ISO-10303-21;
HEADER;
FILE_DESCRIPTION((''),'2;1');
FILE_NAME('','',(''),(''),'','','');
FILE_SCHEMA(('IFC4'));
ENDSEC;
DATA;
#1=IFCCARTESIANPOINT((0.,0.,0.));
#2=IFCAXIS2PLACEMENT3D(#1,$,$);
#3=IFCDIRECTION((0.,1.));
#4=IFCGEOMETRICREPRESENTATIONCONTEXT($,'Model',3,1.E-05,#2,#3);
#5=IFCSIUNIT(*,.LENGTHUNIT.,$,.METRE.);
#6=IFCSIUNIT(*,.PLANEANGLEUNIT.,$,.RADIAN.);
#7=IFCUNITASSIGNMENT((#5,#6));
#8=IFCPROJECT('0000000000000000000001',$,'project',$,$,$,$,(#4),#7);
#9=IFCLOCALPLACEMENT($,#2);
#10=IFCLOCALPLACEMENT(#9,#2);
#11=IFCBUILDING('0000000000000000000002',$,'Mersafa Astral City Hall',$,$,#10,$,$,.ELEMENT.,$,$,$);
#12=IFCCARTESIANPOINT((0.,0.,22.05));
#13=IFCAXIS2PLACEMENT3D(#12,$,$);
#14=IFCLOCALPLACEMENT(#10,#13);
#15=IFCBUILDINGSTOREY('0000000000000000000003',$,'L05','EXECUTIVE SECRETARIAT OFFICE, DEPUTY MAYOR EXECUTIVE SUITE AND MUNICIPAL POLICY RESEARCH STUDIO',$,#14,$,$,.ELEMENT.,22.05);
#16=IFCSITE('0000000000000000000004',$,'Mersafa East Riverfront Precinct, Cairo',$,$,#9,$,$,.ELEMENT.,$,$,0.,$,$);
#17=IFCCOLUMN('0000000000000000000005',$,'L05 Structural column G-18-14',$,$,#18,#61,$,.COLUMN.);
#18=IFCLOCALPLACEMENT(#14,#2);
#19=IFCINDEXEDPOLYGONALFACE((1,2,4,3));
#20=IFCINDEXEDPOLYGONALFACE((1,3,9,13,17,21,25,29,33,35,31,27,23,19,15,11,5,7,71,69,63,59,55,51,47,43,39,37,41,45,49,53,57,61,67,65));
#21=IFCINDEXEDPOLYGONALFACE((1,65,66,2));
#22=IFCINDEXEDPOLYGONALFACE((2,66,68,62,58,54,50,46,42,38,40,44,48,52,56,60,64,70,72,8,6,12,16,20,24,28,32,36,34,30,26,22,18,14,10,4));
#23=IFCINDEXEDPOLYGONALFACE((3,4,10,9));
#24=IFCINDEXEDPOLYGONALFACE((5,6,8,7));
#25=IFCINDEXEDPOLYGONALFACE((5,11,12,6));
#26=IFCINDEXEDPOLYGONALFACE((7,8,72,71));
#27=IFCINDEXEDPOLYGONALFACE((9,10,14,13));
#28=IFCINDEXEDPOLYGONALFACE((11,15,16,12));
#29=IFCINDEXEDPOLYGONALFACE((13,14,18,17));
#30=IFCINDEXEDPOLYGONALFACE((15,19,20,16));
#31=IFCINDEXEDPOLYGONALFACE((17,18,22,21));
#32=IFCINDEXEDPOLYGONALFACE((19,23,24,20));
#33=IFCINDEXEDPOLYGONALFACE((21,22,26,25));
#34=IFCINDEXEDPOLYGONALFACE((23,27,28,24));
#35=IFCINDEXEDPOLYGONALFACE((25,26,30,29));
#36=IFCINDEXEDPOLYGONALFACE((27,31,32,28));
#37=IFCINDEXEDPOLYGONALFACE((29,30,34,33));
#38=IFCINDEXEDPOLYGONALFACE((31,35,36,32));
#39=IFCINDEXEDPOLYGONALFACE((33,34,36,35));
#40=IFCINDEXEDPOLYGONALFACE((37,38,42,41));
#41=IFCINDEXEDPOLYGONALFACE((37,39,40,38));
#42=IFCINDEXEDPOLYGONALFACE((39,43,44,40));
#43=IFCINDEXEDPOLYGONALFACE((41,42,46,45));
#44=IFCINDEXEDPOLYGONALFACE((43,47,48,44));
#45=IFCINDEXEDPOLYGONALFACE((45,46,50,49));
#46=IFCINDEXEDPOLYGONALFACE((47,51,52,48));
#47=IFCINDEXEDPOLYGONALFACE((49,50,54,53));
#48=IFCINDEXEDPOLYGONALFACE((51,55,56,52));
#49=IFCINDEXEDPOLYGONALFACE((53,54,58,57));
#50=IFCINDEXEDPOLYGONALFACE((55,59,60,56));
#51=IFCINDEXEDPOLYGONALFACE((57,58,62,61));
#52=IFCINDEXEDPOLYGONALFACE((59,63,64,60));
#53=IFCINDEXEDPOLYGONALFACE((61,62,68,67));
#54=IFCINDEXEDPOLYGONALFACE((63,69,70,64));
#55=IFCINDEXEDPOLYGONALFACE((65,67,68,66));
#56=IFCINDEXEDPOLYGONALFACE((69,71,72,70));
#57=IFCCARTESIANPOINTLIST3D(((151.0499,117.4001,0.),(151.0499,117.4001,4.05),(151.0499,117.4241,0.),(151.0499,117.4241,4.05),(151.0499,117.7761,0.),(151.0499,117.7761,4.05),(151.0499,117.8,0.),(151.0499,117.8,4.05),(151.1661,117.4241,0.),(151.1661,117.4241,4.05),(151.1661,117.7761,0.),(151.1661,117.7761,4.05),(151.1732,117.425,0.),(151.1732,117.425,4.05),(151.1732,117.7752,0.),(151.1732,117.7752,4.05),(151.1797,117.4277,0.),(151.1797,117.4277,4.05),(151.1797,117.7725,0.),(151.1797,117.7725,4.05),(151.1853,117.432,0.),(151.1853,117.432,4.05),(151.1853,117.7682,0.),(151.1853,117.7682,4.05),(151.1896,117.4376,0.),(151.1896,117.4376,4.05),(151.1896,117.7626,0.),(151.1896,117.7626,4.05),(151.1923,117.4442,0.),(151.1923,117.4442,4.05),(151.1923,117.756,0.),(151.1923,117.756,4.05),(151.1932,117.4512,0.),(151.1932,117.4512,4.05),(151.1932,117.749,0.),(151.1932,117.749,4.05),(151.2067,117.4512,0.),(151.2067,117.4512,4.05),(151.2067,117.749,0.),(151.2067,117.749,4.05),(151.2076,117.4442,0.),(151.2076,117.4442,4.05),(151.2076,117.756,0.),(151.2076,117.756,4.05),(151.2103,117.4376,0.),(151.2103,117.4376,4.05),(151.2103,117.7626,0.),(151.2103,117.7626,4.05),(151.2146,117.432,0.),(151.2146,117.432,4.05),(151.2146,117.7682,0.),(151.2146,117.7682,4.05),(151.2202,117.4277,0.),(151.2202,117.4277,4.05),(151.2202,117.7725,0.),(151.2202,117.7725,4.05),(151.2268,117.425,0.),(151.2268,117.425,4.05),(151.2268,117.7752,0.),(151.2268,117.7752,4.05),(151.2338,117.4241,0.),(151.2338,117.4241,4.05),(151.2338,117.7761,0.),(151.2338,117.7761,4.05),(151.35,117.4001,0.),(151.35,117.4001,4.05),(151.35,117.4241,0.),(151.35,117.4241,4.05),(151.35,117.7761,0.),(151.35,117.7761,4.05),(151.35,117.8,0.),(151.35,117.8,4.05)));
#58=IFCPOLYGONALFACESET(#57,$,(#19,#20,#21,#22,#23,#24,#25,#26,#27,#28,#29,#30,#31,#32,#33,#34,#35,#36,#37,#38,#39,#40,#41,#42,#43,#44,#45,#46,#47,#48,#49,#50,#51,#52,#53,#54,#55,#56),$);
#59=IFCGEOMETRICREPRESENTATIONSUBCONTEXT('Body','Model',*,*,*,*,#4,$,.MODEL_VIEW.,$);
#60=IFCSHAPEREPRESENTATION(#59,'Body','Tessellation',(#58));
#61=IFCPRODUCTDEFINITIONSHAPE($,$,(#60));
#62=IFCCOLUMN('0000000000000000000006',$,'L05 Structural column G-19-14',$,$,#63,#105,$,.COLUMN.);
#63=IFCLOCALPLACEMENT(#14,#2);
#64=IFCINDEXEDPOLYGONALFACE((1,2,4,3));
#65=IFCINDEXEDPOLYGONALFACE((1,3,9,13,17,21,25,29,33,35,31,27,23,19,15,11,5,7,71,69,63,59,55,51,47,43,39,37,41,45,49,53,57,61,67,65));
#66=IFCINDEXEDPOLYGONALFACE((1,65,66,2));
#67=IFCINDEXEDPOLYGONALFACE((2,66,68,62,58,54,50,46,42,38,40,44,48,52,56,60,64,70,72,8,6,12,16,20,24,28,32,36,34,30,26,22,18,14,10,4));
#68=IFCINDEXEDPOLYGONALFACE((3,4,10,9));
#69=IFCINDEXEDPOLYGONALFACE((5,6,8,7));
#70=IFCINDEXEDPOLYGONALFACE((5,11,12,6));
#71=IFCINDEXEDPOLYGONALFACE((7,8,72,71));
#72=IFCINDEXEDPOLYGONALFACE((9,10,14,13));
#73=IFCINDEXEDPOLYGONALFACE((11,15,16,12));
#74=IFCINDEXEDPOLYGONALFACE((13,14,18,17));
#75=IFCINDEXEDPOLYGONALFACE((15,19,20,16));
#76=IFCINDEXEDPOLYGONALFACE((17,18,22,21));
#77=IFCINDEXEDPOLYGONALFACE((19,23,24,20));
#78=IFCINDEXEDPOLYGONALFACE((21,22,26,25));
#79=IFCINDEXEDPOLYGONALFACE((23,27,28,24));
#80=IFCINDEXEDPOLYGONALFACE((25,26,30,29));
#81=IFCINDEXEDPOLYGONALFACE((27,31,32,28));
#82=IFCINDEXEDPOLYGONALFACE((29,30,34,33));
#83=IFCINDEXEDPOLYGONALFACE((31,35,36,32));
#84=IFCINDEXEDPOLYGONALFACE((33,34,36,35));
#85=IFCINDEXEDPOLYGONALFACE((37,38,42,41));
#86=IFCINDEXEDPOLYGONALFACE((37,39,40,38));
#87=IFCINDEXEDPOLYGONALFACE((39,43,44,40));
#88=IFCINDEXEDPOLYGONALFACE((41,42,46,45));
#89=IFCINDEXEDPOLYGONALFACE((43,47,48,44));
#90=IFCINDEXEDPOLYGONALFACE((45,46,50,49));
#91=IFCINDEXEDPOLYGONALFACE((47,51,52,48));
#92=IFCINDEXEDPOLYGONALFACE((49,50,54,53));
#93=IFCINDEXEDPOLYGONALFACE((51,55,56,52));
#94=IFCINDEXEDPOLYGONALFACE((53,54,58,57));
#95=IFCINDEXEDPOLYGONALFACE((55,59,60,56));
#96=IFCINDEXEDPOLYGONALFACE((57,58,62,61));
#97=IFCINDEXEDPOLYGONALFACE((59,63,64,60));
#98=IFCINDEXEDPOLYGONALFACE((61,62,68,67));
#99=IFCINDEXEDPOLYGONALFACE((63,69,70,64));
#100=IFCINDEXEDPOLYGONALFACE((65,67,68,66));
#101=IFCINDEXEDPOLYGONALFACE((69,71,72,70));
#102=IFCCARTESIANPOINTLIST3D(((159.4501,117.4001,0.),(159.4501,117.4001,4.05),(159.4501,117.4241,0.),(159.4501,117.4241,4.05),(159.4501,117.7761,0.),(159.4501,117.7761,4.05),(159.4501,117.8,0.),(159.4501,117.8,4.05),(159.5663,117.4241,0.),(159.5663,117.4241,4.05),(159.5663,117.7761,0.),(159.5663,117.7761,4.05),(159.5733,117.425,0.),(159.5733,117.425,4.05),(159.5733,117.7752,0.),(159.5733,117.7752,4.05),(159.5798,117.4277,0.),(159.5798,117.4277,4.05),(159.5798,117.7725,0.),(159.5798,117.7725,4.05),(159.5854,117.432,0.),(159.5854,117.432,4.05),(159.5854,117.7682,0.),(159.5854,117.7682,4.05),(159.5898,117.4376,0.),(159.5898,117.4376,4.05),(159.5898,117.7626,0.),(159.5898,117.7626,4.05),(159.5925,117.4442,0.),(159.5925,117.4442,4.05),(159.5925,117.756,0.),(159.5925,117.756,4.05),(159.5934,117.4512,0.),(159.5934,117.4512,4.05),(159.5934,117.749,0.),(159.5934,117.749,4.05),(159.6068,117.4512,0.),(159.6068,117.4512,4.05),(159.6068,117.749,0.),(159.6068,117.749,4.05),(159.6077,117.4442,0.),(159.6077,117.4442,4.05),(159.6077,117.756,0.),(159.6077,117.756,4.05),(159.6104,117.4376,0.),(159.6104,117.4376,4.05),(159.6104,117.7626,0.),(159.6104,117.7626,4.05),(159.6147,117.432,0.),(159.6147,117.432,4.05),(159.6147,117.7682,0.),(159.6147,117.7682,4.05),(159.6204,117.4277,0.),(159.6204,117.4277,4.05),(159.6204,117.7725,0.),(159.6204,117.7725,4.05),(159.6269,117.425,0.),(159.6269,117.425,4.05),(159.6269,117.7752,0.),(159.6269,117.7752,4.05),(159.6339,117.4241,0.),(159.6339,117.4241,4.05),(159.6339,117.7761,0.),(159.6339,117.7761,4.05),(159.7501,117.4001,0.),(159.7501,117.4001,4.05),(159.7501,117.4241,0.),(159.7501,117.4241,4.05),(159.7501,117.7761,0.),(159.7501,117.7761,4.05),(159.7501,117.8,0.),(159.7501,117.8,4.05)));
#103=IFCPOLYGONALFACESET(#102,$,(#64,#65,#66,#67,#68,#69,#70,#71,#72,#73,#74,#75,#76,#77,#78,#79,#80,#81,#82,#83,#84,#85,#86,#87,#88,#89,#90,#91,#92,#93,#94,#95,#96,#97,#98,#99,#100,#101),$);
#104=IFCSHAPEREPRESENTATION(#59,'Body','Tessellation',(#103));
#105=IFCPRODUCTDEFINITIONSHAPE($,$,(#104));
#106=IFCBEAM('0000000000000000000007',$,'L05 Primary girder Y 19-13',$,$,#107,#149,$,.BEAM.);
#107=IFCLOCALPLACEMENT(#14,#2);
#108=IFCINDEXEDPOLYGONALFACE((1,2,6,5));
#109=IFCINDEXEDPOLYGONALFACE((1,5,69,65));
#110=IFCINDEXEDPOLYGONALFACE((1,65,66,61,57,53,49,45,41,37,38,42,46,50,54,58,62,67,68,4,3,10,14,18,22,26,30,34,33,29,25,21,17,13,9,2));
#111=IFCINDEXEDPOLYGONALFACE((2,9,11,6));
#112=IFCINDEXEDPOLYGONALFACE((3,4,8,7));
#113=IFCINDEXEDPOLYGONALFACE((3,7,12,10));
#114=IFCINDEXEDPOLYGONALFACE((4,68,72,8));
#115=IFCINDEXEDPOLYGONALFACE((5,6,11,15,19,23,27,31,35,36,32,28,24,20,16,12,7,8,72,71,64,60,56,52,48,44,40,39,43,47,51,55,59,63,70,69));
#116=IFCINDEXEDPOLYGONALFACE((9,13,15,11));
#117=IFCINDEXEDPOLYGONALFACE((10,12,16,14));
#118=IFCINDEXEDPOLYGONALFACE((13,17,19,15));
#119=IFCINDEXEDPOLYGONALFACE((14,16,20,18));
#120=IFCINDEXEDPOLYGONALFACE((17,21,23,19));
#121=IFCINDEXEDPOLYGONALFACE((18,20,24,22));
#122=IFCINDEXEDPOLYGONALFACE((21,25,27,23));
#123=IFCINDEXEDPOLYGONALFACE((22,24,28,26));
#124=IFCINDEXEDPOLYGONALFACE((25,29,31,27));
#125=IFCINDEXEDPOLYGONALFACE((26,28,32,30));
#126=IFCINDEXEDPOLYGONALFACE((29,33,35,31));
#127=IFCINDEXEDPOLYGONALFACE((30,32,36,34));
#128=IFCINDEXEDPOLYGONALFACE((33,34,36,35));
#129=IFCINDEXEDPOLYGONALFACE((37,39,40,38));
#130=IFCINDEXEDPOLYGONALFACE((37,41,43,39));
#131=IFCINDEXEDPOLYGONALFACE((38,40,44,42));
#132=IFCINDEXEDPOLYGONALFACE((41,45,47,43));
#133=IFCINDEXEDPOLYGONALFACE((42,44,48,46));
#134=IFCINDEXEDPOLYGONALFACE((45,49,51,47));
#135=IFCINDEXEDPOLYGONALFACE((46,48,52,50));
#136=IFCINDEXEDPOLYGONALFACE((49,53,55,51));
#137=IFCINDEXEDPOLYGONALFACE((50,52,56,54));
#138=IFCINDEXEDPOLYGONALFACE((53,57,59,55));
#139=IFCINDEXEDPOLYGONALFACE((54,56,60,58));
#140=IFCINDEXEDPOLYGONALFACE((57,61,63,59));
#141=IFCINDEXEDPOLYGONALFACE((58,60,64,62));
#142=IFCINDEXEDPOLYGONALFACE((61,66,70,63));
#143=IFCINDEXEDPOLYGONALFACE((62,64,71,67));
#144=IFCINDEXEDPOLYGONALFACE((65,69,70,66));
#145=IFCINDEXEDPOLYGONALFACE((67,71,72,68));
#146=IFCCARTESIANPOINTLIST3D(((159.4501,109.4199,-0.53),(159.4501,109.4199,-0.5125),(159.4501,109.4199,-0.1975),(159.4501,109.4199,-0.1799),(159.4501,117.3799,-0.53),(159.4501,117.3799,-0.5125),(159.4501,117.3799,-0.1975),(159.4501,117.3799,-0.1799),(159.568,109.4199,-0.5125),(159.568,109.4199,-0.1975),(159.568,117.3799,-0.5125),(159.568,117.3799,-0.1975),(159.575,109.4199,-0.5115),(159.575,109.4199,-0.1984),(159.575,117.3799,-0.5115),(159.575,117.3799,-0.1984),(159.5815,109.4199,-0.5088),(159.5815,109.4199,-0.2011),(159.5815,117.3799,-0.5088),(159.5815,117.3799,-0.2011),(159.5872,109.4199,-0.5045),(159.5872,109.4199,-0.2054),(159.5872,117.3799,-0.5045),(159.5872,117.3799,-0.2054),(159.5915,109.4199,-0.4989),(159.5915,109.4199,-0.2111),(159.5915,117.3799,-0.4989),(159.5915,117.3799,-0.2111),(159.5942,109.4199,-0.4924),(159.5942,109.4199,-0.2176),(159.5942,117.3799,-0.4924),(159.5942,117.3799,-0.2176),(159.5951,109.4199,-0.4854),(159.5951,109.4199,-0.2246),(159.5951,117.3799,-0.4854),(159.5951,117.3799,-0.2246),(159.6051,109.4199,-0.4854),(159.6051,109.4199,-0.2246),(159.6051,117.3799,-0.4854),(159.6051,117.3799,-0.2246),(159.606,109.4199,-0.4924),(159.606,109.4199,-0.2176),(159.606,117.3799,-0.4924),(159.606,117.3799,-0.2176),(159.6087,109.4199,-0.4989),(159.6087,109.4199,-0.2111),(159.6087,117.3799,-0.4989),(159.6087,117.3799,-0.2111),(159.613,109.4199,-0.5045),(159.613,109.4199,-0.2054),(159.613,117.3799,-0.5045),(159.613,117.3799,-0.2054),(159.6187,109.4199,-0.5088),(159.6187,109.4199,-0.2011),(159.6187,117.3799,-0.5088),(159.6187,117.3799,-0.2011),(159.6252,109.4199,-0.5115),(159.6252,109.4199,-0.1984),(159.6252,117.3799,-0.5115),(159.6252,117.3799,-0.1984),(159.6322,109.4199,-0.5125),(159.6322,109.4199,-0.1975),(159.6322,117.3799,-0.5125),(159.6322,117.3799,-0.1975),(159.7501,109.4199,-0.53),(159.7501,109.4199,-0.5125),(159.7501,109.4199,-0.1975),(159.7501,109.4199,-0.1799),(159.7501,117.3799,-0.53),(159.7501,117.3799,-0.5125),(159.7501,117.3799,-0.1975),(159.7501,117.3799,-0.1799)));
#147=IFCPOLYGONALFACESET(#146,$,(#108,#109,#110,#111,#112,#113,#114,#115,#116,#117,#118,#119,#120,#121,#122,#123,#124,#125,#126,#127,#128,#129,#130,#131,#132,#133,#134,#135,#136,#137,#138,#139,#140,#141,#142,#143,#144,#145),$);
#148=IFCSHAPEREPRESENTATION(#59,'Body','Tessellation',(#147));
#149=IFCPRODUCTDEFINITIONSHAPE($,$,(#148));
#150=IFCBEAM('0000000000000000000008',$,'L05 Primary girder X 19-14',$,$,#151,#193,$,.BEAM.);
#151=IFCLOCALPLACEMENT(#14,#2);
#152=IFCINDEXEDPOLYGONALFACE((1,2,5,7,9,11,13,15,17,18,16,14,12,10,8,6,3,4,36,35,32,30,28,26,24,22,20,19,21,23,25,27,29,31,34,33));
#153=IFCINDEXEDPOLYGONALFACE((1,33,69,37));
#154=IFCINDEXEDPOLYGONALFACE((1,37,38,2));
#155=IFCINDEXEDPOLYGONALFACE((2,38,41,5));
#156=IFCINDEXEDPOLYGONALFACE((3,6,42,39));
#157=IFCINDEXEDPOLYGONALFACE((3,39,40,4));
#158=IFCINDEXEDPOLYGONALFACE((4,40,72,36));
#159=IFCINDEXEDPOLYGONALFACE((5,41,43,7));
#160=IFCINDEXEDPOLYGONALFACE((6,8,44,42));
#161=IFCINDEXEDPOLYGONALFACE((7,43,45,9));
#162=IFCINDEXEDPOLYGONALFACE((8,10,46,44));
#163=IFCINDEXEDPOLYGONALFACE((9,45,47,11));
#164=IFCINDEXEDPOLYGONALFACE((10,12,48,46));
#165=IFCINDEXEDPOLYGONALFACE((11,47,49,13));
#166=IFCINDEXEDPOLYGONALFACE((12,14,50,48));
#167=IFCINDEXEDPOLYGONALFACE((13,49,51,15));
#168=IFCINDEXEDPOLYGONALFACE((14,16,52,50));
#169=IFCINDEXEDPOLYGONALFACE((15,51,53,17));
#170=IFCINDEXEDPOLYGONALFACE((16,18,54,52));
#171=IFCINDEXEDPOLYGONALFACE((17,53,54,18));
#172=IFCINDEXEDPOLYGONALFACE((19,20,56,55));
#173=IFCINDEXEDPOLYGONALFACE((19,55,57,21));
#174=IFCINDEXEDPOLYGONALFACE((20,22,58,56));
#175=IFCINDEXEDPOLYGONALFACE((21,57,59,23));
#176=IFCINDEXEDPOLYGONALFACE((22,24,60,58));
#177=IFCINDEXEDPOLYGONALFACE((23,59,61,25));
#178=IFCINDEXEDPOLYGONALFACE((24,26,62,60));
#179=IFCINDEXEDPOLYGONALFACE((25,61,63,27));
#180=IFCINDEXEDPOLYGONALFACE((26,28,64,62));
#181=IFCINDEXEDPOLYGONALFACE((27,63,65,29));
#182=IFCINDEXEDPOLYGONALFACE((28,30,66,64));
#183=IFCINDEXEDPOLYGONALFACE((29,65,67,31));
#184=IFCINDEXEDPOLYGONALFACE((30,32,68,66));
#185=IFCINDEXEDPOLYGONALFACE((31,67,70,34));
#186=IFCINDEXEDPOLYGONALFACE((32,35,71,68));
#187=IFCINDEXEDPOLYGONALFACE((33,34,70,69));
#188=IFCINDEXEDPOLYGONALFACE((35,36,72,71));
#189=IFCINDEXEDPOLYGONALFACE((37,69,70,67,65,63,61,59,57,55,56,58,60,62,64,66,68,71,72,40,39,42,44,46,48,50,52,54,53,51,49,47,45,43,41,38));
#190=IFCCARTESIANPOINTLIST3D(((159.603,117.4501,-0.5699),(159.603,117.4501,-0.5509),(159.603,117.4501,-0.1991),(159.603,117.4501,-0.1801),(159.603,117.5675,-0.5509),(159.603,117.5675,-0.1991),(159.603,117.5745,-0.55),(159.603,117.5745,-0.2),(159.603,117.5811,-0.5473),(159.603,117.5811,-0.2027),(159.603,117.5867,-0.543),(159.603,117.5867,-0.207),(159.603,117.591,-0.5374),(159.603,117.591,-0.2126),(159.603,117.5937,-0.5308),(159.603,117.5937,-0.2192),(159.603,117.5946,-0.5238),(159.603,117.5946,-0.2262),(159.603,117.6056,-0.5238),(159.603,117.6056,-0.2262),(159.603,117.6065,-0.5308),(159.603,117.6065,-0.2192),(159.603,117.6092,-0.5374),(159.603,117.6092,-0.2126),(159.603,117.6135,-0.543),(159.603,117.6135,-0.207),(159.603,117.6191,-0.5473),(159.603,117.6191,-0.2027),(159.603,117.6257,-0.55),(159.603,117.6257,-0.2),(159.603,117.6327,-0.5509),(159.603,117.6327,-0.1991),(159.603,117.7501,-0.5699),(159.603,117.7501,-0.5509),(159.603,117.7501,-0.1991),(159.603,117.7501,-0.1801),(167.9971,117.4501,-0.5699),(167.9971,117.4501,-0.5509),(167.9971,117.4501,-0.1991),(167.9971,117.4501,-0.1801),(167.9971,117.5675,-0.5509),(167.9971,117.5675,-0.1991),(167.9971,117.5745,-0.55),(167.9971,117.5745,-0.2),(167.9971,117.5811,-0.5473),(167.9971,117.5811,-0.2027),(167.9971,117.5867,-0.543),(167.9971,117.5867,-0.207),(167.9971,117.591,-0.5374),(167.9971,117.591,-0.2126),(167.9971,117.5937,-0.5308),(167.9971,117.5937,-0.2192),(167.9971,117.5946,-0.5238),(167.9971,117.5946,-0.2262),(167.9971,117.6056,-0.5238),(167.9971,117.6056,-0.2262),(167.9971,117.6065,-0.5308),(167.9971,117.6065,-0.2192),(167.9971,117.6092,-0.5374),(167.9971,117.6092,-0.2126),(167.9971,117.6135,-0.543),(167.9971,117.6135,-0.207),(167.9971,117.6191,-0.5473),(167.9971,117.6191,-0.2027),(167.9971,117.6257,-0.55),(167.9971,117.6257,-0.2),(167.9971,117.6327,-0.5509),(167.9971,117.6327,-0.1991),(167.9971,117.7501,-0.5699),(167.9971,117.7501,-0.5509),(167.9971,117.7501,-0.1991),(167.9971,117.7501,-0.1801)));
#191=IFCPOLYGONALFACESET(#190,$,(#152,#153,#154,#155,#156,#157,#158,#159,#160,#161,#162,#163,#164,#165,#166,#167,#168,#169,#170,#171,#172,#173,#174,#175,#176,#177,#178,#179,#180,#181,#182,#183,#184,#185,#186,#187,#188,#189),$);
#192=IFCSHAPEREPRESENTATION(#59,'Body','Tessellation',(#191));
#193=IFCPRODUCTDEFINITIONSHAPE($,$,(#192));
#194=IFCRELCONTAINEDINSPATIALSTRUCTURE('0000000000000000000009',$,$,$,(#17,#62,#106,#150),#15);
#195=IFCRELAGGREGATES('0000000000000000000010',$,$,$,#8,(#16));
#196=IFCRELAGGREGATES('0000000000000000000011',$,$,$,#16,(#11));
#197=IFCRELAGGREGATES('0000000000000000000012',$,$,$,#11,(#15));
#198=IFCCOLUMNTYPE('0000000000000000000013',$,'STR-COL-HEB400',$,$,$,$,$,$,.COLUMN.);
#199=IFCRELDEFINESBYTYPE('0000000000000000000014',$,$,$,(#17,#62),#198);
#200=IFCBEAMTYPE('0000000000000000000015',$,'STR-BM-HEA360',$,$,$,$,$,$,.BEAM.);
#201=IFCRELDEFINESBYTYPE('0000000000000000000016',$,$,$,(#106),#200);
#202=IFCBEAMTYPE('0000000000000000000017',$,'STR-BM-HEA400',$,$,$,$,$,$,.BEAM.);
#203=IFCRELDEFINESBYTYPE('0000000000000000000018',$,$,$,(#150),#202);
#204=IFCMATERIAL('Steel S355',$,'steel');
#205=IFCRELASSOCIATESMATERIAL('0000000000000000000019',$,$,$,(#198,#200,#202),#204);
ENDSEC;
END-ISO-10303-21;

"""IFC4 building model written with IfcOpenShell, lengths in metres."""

from ifc_helpers import new_model, si_unit, direction, frame, origin, origin_2d, place, context, subcontext, project, spatial, i_section, extrude, material, material_profile, profile_set, type_object, element, save


model = new_model("IFC4")

# Units and contexts
model_context = context("Model", 3, precision=1e-05, world=origin(), true_north=direction((0.0, 1.0)))
body_context = subcontext(model_context, "Body", "Model", "MODEL_VIEW")
ifc_project = project(units=[si_unit("LENGTHUNIT", "METRE"), si_unit("PLANEANGLEUNIT", "RADIAN")], contexts=[model_context])

# Site, building, storey
site_placement = place(None, origin())
site = spatial("IfcSite", under=ifc_project, at=site_placement, Name="Mersafa East Riverfront Precinct, Cairo", CompositionType="ELEMENT", RefElevation=0.0)
building_placement = place(site_placement, origin())
building = spatial("IfcBuilding", under=site, at=building_placement, Name="Mersafa Astral City Hall", CompositionType="ELEMENT")
storey_placement = place(building_placement, frame((0.0, 0.0, 22.05)))
storey = spatial("IfcBuildingStorey", under=building, at=storey_placement, Name="L05", Description="EXECUTIVE SECRETARIAT OFFICE, DEPUTY MAYOR EXECUTIVE SUITE AND MUNICIPAL POLICY RESEARCH STUDIO", CompositionType="ELEMENT", Elevation=22.05)

# Columns
ifc_material_1 = material(Name="Steel S355", Category="steel")
ifc_material_profile_1 = material_profile(ifc_material_1, i_section(OverallWidth=0.3, OverallDepth=0.3999, WebThickness=0.0134, FlangeThickness=0.0239, FilletRadius=0.0271, at=origin_2d()), Name="HEB 400")
ifc_profile_set_1 = profile_set([ifc_material_profile_1], Name="Steel S355")
column_type = type_object("IfcColumnType", Name="STR-COL-HEB400", PredefinedType="COLUMN", material=ifc_profile_set_1)
for number, where, z_axis, x_axis, name in (
    (1, (151.2, 117.6001, 0.0), (0.0, 0.0, 1.0), (1.0, 0.0, 0.0), "L05 Structural column G-18-14"),
    (2, (159.6001, 117.6001, 0.0), (0.0, 0.0, 1.0), (1.0, 0.0, 0.0), "L05 Structural column G-19-14"),
):
    element("IfcColumn", number, at=place(storey_placement, frame(where, z_axis=z_axis, x_axis=x_axis)), inside=storey, type_object=column_type, Name=name, PredefinedType="COLUMN", context=body_context, shape_type="SweptSolid", body=[
        extrude(i_section(OverallWidth=0.3, OverallDepth=0.3999, WebThickness=0.0134, FlangeThickness=0.0239, FilletRadius=0.0271, at=origin_2d()), origin(), (0.0, 0.0, 1.0), 4.05),
    ])

# Beams
ifc_material_profile_2 = material_profile(ifc_material_1, i_section(OverallWidth=0.3, OverallDepth=0.3501, WebThickness=0.01, FlangeThickness=0.0176, FilletRadius=0.0271, at=origin_2d()), Name="HEA 360")
ifc_profile_set_2 = profile_set([ifc_material_profile_2], Name="Steel S355")
beam_type_1 = type_object("IfcBeamType", Name="STR-BM-HEA360", PredefinedType="BEAM", material=ifc_profile_set_2)
beam_1_placement = place(storey_placement, frame((159.6001, 109.4199, -0.355), z_axis=(0.0, 1.0, 0.0), x_axis=(-1.0, 0.0, 0.0)))
element("IfcBeam", 3, at=beam_1_placement, inside=storey, type_object=beam_type_1, Name="L05 Primary girder Y 19-13", PredefinedType="BEAM", context=body_context, shape_type="SweptSolid", body=[
    extrude(i_section(OverallWidth=0.3, OverallDepth=0.3501, WebThickness=0.01, FlangeThickness=0.0176, FilletRadius=0.0271, at=origin_2d()), origin(), (0.0, 0.0, 1.0), 7.96),
])
ifc_material_profile_3 = material_profile(ifc_material_1, i_section(OverallWidth=0.3, OverallDepth=0.3899, WebThickness=0.011, FlangeThickness=0.019, FilletRadius=0.0271, at=origin_2d()), Name="HEA 400")
ifc_profile_set_3 = profile_set([ifc_material_profile_3], Name="Steel S355")
beam_type_2 = type_object("IfcBeamType", Name="STR-BM-HEA400", PredefinedType="BEAM", material=ifc_profile_set_3)
beam_2_placement = place(storey_placement, frame((159.603, 117.6001, -0.375), z_axis=(1.0, 0.0, 0.0), x_axis=(0.0, 1.0, 0.0)))
element("IfcBeam", 4, at=beam_2_placement, inside=storey, type_object=beam_type_2, Name="L05 Primary girder X 19-14", PredefinedType="BEAM", context=body_context, shape_type="SweptSolid", body=[
    extrude(i_section(OverallWidth=0.3, OverallDepth=0.3899, WebThickness=0.011, FlangeThickness=0.019, FilletRadius=0.0271, at=origin_2d()), origin(), (0.0, 0.0, 1.0), 8.394),
])

save(model, "model.ifc")
